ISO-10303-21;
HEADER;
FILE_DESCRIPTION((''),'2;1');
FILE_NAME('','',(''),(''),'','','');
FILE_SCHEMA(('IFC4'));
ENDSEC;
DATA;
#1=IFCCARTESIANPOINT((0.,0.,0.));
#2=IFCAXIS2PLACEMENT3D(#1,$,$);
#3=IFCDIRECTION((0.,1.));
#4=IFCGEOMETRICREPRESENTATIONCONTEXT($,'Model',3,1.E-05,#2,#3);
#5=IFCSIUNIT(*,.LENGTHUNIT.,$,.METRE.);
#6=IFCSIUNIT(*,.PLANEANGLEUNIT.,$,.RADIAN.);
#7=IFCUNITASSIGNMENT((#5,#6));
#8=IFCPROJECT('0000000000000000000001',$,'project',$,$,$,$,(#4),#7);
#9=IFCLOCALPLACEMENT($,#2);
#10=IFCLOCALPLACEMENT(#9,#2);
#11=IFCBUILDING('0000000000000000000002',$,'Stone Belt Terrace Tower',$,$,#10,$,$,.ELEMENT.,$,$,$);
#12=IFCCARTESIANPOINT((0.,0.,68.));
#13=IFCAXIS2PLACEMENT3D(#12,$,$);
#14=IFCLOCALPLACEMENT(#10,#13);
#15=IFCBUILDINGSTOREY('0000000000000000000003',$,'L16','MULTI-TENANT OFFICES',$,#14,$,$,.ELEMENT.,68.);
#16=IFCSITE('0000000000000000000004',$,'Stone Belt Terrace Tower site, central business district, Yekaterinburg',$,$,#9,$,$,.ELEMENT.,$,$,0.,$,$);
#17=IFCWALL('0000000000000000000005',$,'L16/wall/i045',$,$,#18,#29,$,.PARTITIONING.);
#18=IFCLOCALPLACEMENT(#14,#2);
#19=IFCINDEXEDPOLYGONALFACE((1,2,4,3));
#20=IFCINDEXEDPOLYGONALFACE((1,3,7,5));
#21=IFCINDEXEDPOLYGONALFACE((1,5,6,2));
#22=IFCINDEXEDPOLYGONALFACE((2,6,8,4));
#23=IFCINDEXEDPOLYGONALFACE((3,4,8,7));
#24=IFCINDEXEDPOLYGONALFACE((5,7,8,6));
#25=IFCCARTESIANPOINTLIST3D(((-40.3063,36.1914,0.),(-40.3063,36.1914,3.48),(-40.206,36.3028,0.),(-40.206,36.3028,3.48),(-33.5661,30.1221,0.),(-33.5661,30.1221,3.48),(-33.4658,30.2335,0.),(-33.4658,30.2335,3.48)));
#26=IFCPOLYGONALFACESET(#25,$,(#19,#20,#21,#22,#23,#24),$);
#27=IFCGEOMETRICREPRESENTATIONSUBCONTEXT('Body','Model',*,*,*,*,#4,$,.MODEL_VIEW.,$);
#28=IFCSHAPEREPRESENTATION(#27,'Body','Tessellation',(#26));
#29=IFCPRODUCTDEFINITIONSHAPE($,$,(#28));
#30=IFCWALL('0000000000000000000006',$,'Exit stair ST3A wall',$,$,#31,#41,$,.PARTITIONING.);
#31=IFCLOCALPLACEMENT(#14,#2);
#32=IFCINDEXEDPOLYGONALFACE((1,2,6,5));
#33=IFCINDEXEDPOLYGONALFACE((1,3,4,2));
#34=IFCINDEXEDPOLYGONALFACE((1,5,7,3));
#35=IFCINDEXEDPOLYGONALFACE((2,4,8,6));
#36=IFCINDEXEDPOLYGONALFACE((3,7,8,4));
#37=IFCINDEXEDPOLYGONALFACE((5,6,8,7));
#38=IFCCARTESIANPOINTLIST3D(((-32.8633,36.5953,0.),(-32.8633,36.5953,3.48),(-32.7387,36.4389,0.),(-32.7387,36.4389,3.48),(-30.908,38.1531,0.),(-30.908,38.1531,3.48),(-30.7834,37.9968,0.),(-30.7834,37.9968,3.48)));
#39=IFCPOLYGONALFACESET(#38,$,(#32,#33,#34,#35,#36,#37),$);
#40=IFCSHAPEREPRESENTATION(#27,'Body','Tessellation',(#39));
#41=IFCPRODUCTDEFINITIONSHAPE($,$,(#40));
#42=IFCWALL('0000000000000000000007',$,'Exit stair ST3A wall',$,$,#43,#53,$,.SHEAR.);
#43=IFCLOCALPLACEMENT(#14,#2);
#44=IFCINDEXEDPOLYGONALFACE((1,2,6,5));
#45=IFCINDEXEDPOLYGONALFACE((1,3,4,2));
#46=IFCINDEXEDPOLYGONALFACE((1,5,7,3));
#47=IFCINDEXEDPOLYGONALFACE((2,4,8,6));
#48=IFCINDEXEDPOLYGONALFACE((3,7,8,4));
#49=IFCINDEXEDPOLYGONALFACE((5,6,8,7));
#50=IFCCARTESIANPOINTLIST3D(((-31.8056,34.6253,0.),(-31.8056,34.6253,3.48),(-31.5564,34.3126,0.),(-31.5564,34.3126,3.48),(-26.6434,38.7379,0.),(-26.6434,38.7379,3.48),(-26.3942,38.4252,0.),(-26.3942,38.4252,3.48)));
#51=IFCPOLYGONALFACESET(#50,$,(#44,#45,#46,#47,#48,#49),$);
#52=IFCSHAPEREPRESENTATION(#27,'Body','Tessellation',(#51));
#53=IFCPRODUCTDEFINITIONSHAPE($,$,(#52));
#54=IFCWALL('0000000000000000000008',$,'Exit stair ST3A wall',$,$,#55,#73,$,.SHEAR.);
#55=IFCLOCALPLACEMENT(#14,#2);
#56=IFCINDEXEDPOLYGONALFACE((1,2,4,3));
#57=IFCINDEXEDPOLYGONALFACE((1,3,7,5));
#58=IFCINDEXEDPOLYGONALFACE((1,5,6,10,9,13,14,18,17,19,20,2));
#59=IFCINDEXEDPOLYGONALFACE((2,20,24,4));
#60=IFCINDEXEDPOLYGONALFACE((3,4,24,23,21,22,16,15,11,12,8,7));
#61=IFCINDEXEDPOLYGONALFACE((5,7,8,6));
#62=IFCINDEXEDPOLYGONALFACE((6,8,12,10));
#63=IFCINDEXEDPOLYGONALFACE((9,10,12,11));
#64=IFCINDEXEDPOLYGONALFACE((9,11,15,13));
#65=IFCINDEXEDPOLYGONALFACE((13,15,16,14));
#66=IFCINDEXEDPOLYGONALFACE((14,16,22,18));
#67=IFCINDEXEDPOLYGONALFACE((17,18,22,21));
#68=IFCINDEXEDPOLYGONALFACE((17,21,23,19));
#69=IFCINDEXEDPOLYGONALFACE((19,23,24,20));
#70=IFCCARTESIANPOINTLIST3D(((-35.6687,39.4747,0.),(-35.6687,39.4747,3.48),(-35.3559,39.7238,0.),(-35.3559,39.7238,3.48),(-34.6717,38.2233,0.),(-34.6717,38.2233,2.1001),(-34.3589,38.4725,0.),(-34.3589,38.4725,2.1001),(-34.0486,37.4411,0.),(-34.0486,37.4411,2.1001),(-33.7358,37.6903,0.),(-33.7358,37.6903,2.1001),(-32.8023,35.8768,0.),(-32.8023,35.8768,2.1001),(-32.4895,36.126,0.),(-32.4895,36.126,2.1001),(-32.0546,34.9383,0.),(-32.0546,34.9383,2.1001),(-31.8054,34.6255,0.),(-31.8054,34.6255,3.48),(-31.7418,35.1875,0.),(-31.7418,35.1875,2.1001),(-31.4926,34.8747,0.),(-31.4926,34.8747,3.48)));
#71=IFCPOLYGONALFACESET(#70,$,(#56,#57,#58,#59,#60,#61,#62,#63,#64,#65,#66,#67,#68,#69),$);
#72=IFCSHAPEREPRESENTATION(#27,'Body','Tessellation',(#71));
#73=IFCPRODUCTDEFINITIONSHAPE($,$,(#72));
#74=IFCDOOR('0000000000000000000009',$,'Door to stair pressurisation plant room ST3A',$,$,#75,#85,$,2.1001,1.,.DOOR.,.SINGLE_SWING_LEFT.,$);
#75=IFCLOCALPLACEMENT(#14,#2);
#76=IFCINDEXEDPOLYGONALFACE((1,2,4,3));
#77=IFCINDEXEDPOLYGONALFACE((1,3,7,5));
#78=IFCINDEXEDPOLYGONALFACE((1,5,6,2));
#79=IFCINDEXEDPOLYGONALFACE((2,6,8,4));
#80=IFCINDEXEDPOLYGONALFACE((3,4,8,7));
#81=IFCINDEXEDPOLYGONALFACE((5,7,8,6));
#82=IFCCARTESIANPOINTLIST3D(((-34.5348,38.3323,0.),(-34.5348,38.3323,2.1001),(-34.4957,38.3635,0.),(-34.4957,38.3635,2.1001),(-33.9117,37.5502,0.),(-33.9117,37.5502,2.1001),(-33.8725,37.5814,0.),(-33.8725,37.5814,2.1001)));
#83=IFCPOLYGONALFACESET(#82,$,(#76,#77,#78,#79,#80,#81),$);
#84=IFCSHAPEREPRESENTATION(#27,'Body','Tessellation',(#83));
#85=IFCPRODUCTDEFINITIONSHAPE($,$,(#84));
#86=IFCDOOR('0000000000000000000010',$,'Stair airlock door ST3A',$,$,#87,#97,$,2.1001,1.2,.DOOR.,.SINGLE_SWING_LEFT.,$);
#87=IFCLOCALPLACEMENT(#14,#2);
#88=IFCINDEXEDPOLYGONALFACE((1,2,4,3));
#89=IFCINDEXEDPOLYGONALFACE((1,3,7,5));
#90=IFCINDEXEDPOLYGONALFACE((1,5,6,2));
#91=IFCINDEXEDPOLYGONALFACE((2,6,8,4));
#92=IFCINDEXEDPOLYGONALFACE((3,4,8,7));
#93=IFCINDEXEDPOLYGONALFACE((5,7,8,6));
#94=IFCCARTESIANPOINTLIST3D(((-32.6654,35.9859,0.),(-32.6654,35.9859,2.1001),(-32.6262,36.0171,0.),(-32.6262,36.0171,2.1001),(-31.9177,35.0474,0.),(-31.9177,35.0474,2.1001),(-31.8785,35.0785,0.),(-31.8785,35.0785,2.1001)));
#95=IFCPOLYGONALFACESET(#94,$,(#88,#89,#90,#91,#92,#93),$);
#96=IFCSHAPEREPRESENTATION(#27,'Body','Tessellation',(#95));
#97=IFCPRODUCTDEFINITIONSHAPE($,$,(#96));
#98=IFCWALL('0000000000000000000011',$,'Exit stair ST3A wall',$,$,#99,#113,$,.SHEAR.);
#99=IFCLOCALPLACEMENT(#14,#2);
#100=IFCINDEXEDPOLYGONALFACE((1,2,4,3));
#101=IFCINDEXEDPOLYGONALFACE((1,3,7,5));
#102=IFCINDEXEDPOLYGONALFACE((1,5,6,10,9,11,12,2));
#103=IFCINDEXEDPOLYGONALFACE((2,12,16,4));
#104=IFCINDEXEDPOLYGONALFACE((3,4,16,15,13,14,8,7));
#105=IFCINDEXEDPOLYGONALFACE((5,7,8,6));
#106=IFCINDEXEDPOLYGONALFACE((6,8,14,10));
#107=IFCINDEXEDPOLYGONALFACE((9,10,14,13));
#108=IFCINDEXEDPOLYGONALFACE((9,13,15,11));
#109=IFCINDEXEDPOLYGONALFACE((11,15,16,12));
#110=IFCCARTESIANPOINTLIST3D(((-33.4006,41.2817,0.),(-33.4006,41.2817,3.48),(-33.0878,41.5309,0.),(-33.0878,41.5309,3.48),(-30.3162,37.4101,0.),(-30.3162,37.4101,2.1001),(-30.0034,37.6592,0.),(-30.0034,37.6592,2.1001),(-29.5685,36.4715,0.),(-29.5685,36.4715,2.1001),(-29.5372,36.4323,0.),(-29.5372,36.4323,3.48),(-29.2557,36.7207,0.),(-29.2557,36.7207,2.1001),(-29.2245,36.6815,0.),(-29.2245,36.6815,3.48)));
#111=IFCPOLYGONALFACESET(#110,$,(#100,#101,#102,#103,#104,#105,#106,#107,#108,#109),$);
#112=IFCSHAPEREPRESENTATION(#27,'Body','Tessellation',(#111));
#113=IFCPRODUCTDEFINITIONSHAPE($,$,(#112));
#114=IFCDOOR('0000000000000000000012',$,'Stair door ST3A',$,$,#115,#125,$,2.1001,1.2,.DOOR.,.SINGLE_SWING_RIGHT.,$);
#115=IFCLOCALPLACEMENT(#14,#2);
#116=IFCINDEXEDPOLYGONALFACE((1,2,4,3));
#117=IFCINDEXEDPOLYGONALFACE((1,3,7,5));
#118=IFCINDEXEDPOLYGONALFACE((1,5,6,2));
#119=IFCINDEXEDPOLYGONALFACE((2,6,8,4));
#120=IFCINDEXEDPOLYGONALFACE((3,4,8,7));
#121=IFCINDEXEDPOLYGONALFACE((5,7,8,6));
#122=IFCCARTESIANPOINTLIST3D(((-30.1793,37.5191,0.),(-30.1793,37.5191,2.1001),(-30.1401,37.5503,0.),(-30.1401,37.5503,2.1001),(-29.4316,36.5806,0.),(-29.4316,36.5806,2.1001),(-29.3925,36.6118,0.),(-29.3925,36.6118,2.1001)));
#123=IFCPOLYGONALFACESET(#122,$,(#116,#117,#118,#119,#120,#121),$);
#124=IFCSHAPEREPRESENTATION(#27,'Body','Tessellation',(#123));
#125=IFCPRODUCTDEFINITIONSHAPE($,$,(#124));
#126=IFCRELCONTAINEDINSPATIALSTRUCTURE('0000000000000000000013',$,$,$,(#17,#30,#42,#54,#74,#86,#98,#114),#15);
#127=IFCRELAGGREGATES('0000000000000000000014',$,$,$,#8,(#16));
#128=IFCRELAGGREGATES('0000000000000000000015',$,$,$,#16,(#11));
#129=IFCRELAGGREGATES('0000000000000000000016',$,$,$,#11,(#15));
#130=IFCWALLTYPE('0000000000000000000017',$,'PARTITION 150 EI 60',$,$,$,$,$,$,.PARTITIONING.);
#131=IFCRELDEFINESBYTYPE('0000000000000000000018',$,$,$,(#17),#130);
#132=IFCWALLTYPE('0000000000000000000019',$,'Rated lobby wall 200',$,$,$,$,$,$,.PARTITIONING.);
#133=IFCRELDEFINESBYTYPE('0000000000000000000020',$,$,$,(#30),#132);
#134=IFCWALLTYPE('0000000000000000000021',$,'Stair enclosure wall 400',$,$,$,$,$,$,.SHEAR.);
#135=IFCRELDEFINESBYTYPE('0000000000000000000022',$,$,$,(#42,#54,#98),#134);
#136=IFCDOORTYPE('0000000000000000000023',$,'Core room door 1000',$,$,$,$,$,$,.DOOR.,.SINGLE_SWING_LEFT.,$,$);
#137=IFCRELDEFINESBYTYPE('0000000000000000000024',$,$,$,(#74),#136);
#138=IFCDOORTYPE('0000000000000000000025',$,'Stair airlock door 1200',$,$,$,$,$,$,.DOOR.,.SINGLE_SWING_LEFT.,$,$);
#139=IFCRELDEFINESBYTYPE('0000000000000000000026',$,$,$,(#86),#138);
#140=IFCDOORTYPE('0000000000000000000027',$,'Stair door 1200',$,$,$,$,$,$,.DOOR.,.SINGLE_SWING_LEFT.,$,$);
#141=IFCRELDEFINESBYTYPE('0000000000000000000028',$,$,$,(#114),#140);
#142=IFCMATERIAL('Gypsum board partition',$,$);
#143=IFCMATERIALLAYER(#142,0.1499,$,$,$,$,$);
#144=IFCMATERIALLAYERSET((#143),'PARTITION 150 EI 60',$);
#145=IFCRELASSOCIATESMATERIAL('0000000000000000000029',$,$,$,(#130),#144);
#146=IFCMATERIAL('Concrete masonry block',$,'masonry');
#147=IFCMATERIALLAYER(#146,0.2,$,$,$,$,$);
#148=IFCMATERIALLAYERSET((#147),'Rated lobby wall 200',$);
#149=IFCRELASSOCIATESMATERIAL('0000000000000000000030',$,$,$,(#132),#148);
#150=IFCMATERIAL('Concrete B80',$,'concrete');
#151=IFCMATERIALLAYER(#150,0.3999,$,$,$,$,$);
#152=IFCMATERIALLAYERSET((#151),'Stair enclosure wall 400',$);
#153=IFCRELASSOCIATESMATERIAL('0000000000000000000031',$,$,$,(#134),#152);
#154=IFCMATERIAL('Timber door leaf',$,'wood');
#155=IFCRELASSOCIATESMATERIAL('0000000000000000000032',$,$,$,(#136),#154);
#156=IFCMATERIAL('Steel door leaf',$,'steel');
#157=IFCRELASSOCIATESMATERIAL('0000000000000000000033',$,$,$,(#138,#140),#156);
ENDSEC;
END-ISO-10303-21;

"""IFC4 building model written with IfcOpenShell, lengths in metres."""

from ifc_helpers import new_model, si_unit, direction, frame, frame_2d, origin, place, context, subcontext, project, spatial, rectangle, extrude, material, layer, layer_set, type_object, element, fill, save


model = new_model("IFC4")

# Units and contexts
model_context = context("Model", 3, precision=1e-05, world=origin(), true_north=direction((0.0, 1.0)))
body_context = subcontext(model_context, "Body", "Model", "MODEL_VIEW")
ifc_project = project(units=[si_unit("LENGTHUNIT", "METRE"), si_unit("PLANEANGLEUNIT", "RADIAN")], contexts=[model_context])

# Site, building, storey
site_placement = place(None, origin())
site = spatial("IfcSite", under=ifc_project, at=site_placement, Name="Stone Belt Terrace Tower site, central business district, Yekaterinburg", CompositionType="ELEMENT", RefElevation=0.0)
building_placement = place(site_placement, origin())
building = spatial("IfcBuilding", under=site, at=building_placement, Name="Stone Belt Terrace Tower", CompositionType="ELEMENT")
storey_placement = place(building_placement, frame((0.0, 0.0, 68.0)))
storey = spatial("IfcBuildingStorey", under=building, at=storey_placement, Name="L16", Description="MULTI-TENANT OFFICES", CompositionType="ELEMENT", Elevation=68.0)

# Shared definitions
ifc_material_1 = material(Name="Concrete B80", Category="concrete")

# Shared definitions
ifc_material_2 = material(Name="Gypsum board partition")
ifc_layer_1 = layer(ifc_material_2, 0.1499)
ifc_layer_set_1 = layer_set([ifc_layer_1], Name="PARTITION 150 EI 60")
wall_type_1 = type_object("IfcWallType", Name="PARTITION 150 EI 60", PredefinedType="PARTITIONING", material=ifc_layer_set_1)

# Shared definitions
ifc_material_3 = material(Name="Timber door leaf", Category="wood")

# Walls
wall_1_placement = place(storey_placement, frame((-33.5159, 30.1777, 0.0), z_axis=(0.0, 0.0, 1.0), x_axis=(-0.743123, 0.669155, 0.0)))
element("IfcWall", 1, at=wall_1_placement, inside=storey, type_object=wall_type_1, Name="L16/wall/i045", PredefinedType="PARTITIONING", context=body_context, shape_type="SweptSolid", body=[
    extrude(rectangle(XDim=9.0701, YDim=0.1499, at=frame_2d((4.5352, 0.0))), origin(), (0.0, 0.0, 1.0), 3.48),
])
ifc_material_4 = material(Name="Concrete masonry block", Category="masonry")
ifc_layer_2 = layer(ifc_material_4, 0.2)
ifc_layer_set_2 = layer_set([ifc_layer_2], Name="Rated lobby wall 200")
wall_type_2 = type_object("IfcWallType", Name="Rated lobby wall 200", PredefinedType="PARTITIONING", material=ifc_layer_set_2)
wall_2_placement = place(storey_placement, frame((-30.8457, 38.075, 0.0), z_axis=(0.0, 0.0, 1.0), x_axis=(-0.782115, -0.623134, 0.0)))
element("IfcWall", 2, at=wall_2_placement, inside=storey, type_object=wall_type_2, Name="Exit stair ST3A wall", PredefinedType="PARTITIONING", context=body_context, shape_type="SweptSolid", body=[
    extrude(rectangle(XDim=2.5, YDim=0.2, at=frame_2d((1.25, 0.0))), origin(), (0.0, 0.0, 1.0), 3.48),
])
ifc_layer_3 = layer(ifc_material_1, 0.3999)
ifc_layer_set_3 = layer_set([ifc_layer_3], Name="Stair enclosure wall 400")
wall_type_3 = type_object("IfcWallType", Name="Stair enclosure wall 400", PredefinedType="SHEAR", material=ifc_layer_set_3)
wall_3_placement = place(storey_placement, frame((-26.5188, 38.5815, 0.0), z_axis=(0.0, 0.0, 1.0), x_axis=(-0.782134, -0.62311, 0.0)))
element("IfcWall", 3, at=wall_3_placement, inside=storey, type_object=wall_type_3, Name="Exit stair ST3A wall", PredefinedType="SHEAR", context=body_context, shape_type="SweptSolid", body=[
    extrude(rectangle(XDim=6.6001, YDim=0.3999, at=frame_2d((3.3, 0.0))), origin(), (0.0, 0.0, 1.0), 3.48),
])

# Wall, openings, doors
wall_4_placement = place(storey_placement, frame((-31.6489, 34.75, 0.0), z_axis=(0.0, 0.0, 1.0), x_axis=(-0.623119, 0.782127, 0.0)))
wall_4 = element("IfcWall", 4, at=wall_4_placement, inside=storey, type_object=wall_type_3, Name="Exit stair ST3A wall", PredefinedType="SHEAR", context=body_context, shape_type="SweptSolid", body=[
    extrude(rectangle(XDim=6.2, YDim=0.3999, at=frame_2d((3.1001, 0.0))), origin(), (0.0, 0.0, 1.0), 3.48),
])
opening_1_placement = place(wall_4_placement, frame((0.3999, 0.0, 0.0)))
opening_1 = element("IfcOpeningElement", 5, at=opening_1_placement, cuts=wall_4, PredefinedType="OPENING", context=body_context, shape_type="SweptSolid", body=[
    extrude(rectangle(XDim=1.2, YDim=2.1001, at=frame_2d((0.6001, 1.05))), frame((0.0, 0.21, 0.0), z_axis=(0.0, -1.0, 0.0), x_axis=(1.0, 0.0, 0.0)), (0.0, 0.0, 1.0), 0.4199),
])
opening_2_placement = place(wall_4_placement, frame((3.6001, 0.0, 0.0)))
opening_2 = element("IfcOpeningElement", 6, at=opening_2_placement, cuts=wall_4, PredefinedType="OPENING", context=body_context, shape_type="SweptSolid", body=[
    extrude(rectangle(XDim=1.0, YDim=2.1001, at=frame_2d((0.5, 1.05))), frame((0.0, 0.21, 0.0), z_axis=(0.0, -1.0, 0.0), x_axis=(1.0, 0.0, 0.0)), (0.0, 0.0, 1.0), 0.4199),
])
door_type_1 = type_object("IfcDoorType", Name="Core room door 1000", OperationType="SINGLE_SWING_LEFT", PredefinedType="DOOR", material=ifc_material_3)
door_1_placement = place(opening_2_placement, origin())
door_1 = element("IfcDoor", 7, at=door_1_placement, inside=storey, type_object=door_type_1, Name="Door to stair pressurisation plant room ST3A", OperationType="SINGLE_SWING_LEFT", OverallHeight=2.1001, OverallWidth=1.0, PredefinedType="DOOR", context=body_context, shape_type="SweptSolid", body=[
    extrude(rectangle(XDim=1.0, YDim=2.1001, at=frame_2d((0.5, 1.05))), frame((0.0, 0.0249, 0.0), z_axis=(0.0, -1.0, 0.0), x_axis=(1.0, 0.0, 0.0)), (0.0, 0.0, 1.0), 0.05),
])
fill(opening_2, door_1)
ifc_material_5 = material(Name="Steel door leaf", Category="steel")
door_type_2 = type_object("IfcDoorType", Name="Stair airlock door 1200", OperationType="SINGLE_SWING_LEFT", PredefinedType="DOOR", material=ifc_material_5)
door_2_placement = place(opening_1_placement, origin())
door_2 = element("IfcDoor", 8, at=door_2_placement, inside=storey, type_object=door_type_2, Name="Stair airlock door ST3A", OperationType="SINGLE_SWING_LEFT", OverallHeight=2.1001, OverallWidth=1.2, PredefinedType="DOOR", context=body_context, shape_type="SweptSolid", body=[
    extrude(rectangle(XDim=1.2, YDim=2.1001, at=frame_2d((0.6001, 1.05))), frame((0.0, 0.0249, 0.0), z_axis=(0.0, -1.0, 0.0), x_axis=(1.0, 0.0, 0.0)), (0.0, 0.0, 1.0), 0.05),
])
fill(opening_1, door_2)

# Wall, opening, door
wall_5_placement = place(storey_placement, frame((-29.3809, 36.5569, 0.0), z_axis=(0.0, 0.0, 1.0), x_axis=(-0.623099, 0.782143, 0.0)))
wall_5 = element("IfcWall", 9, at=wall_5_placement, inside=storey, type_object=wall_type_3, Name="Exit stair ST3A wall", PredefinedType="SHEAR", context=body_context, shape_type="SweptSolid", body=[
    extrude(rectangle(XDim=6.2002, YDim=0.3999, at=frame_2d((3.1001, 0.0))), origin(), (0.0, 0.0, 1.0), 3.48),
])
opening_3_placement = place(wall_5_placement, frame((0.05, 0.0, 0.0)))
opening_3 = element("IfcOpeningElement", 10, at=opening_3_placement, cuts=wall_5, PredefinedType="OPENING", context=body_context, shape_type="SweptSolid", body=[
    extrude(rectangle(XDim=1.2, YDim=2.1001, at=frame_2d((0.6001, 1.05))), frame((0.0, 0.21, 0.0), z_axis=(0.0, -1.0, 0.0), x_axis=(1.0, 0.0, 0.0)), (0.0, 0.0, 1.0), 0.4199),
])
door_type_3 = type_object("IfcDoorType", Name="Stair door 1200", OperationType="SINGLE_SWING_LEFT", PredefinedType="DOOR", material=ifc_material_5)
door_3_placement = place(opening_3_placement, origin())
door_3 = element("IfcDoor", 11, at=door_3_placement, inside=storey, type_object=door_type_3, Name="Stair door ST3A", OperationType="SINGLE_SWING_RIGHT", OverallHeight=2.1001, OverallWidth=1.2, PredefinedType="DOOR", context=body_context, shape_type="SweptSolid", body=[
    extrude(rectangle(XDim=1.2, YDim=2.1001, at=frame_2d((0.6001, 1.05))), frame((0.0, 0.0249, 0.0), z_axis=(0.0, -1.0, 0.0), x_axis=(1.0, 0.0, 0.0)), (0.0, 0.0, 1.0), 0.05),
])
fill(opening_3, door_3)

save(model, "model.ifc")
